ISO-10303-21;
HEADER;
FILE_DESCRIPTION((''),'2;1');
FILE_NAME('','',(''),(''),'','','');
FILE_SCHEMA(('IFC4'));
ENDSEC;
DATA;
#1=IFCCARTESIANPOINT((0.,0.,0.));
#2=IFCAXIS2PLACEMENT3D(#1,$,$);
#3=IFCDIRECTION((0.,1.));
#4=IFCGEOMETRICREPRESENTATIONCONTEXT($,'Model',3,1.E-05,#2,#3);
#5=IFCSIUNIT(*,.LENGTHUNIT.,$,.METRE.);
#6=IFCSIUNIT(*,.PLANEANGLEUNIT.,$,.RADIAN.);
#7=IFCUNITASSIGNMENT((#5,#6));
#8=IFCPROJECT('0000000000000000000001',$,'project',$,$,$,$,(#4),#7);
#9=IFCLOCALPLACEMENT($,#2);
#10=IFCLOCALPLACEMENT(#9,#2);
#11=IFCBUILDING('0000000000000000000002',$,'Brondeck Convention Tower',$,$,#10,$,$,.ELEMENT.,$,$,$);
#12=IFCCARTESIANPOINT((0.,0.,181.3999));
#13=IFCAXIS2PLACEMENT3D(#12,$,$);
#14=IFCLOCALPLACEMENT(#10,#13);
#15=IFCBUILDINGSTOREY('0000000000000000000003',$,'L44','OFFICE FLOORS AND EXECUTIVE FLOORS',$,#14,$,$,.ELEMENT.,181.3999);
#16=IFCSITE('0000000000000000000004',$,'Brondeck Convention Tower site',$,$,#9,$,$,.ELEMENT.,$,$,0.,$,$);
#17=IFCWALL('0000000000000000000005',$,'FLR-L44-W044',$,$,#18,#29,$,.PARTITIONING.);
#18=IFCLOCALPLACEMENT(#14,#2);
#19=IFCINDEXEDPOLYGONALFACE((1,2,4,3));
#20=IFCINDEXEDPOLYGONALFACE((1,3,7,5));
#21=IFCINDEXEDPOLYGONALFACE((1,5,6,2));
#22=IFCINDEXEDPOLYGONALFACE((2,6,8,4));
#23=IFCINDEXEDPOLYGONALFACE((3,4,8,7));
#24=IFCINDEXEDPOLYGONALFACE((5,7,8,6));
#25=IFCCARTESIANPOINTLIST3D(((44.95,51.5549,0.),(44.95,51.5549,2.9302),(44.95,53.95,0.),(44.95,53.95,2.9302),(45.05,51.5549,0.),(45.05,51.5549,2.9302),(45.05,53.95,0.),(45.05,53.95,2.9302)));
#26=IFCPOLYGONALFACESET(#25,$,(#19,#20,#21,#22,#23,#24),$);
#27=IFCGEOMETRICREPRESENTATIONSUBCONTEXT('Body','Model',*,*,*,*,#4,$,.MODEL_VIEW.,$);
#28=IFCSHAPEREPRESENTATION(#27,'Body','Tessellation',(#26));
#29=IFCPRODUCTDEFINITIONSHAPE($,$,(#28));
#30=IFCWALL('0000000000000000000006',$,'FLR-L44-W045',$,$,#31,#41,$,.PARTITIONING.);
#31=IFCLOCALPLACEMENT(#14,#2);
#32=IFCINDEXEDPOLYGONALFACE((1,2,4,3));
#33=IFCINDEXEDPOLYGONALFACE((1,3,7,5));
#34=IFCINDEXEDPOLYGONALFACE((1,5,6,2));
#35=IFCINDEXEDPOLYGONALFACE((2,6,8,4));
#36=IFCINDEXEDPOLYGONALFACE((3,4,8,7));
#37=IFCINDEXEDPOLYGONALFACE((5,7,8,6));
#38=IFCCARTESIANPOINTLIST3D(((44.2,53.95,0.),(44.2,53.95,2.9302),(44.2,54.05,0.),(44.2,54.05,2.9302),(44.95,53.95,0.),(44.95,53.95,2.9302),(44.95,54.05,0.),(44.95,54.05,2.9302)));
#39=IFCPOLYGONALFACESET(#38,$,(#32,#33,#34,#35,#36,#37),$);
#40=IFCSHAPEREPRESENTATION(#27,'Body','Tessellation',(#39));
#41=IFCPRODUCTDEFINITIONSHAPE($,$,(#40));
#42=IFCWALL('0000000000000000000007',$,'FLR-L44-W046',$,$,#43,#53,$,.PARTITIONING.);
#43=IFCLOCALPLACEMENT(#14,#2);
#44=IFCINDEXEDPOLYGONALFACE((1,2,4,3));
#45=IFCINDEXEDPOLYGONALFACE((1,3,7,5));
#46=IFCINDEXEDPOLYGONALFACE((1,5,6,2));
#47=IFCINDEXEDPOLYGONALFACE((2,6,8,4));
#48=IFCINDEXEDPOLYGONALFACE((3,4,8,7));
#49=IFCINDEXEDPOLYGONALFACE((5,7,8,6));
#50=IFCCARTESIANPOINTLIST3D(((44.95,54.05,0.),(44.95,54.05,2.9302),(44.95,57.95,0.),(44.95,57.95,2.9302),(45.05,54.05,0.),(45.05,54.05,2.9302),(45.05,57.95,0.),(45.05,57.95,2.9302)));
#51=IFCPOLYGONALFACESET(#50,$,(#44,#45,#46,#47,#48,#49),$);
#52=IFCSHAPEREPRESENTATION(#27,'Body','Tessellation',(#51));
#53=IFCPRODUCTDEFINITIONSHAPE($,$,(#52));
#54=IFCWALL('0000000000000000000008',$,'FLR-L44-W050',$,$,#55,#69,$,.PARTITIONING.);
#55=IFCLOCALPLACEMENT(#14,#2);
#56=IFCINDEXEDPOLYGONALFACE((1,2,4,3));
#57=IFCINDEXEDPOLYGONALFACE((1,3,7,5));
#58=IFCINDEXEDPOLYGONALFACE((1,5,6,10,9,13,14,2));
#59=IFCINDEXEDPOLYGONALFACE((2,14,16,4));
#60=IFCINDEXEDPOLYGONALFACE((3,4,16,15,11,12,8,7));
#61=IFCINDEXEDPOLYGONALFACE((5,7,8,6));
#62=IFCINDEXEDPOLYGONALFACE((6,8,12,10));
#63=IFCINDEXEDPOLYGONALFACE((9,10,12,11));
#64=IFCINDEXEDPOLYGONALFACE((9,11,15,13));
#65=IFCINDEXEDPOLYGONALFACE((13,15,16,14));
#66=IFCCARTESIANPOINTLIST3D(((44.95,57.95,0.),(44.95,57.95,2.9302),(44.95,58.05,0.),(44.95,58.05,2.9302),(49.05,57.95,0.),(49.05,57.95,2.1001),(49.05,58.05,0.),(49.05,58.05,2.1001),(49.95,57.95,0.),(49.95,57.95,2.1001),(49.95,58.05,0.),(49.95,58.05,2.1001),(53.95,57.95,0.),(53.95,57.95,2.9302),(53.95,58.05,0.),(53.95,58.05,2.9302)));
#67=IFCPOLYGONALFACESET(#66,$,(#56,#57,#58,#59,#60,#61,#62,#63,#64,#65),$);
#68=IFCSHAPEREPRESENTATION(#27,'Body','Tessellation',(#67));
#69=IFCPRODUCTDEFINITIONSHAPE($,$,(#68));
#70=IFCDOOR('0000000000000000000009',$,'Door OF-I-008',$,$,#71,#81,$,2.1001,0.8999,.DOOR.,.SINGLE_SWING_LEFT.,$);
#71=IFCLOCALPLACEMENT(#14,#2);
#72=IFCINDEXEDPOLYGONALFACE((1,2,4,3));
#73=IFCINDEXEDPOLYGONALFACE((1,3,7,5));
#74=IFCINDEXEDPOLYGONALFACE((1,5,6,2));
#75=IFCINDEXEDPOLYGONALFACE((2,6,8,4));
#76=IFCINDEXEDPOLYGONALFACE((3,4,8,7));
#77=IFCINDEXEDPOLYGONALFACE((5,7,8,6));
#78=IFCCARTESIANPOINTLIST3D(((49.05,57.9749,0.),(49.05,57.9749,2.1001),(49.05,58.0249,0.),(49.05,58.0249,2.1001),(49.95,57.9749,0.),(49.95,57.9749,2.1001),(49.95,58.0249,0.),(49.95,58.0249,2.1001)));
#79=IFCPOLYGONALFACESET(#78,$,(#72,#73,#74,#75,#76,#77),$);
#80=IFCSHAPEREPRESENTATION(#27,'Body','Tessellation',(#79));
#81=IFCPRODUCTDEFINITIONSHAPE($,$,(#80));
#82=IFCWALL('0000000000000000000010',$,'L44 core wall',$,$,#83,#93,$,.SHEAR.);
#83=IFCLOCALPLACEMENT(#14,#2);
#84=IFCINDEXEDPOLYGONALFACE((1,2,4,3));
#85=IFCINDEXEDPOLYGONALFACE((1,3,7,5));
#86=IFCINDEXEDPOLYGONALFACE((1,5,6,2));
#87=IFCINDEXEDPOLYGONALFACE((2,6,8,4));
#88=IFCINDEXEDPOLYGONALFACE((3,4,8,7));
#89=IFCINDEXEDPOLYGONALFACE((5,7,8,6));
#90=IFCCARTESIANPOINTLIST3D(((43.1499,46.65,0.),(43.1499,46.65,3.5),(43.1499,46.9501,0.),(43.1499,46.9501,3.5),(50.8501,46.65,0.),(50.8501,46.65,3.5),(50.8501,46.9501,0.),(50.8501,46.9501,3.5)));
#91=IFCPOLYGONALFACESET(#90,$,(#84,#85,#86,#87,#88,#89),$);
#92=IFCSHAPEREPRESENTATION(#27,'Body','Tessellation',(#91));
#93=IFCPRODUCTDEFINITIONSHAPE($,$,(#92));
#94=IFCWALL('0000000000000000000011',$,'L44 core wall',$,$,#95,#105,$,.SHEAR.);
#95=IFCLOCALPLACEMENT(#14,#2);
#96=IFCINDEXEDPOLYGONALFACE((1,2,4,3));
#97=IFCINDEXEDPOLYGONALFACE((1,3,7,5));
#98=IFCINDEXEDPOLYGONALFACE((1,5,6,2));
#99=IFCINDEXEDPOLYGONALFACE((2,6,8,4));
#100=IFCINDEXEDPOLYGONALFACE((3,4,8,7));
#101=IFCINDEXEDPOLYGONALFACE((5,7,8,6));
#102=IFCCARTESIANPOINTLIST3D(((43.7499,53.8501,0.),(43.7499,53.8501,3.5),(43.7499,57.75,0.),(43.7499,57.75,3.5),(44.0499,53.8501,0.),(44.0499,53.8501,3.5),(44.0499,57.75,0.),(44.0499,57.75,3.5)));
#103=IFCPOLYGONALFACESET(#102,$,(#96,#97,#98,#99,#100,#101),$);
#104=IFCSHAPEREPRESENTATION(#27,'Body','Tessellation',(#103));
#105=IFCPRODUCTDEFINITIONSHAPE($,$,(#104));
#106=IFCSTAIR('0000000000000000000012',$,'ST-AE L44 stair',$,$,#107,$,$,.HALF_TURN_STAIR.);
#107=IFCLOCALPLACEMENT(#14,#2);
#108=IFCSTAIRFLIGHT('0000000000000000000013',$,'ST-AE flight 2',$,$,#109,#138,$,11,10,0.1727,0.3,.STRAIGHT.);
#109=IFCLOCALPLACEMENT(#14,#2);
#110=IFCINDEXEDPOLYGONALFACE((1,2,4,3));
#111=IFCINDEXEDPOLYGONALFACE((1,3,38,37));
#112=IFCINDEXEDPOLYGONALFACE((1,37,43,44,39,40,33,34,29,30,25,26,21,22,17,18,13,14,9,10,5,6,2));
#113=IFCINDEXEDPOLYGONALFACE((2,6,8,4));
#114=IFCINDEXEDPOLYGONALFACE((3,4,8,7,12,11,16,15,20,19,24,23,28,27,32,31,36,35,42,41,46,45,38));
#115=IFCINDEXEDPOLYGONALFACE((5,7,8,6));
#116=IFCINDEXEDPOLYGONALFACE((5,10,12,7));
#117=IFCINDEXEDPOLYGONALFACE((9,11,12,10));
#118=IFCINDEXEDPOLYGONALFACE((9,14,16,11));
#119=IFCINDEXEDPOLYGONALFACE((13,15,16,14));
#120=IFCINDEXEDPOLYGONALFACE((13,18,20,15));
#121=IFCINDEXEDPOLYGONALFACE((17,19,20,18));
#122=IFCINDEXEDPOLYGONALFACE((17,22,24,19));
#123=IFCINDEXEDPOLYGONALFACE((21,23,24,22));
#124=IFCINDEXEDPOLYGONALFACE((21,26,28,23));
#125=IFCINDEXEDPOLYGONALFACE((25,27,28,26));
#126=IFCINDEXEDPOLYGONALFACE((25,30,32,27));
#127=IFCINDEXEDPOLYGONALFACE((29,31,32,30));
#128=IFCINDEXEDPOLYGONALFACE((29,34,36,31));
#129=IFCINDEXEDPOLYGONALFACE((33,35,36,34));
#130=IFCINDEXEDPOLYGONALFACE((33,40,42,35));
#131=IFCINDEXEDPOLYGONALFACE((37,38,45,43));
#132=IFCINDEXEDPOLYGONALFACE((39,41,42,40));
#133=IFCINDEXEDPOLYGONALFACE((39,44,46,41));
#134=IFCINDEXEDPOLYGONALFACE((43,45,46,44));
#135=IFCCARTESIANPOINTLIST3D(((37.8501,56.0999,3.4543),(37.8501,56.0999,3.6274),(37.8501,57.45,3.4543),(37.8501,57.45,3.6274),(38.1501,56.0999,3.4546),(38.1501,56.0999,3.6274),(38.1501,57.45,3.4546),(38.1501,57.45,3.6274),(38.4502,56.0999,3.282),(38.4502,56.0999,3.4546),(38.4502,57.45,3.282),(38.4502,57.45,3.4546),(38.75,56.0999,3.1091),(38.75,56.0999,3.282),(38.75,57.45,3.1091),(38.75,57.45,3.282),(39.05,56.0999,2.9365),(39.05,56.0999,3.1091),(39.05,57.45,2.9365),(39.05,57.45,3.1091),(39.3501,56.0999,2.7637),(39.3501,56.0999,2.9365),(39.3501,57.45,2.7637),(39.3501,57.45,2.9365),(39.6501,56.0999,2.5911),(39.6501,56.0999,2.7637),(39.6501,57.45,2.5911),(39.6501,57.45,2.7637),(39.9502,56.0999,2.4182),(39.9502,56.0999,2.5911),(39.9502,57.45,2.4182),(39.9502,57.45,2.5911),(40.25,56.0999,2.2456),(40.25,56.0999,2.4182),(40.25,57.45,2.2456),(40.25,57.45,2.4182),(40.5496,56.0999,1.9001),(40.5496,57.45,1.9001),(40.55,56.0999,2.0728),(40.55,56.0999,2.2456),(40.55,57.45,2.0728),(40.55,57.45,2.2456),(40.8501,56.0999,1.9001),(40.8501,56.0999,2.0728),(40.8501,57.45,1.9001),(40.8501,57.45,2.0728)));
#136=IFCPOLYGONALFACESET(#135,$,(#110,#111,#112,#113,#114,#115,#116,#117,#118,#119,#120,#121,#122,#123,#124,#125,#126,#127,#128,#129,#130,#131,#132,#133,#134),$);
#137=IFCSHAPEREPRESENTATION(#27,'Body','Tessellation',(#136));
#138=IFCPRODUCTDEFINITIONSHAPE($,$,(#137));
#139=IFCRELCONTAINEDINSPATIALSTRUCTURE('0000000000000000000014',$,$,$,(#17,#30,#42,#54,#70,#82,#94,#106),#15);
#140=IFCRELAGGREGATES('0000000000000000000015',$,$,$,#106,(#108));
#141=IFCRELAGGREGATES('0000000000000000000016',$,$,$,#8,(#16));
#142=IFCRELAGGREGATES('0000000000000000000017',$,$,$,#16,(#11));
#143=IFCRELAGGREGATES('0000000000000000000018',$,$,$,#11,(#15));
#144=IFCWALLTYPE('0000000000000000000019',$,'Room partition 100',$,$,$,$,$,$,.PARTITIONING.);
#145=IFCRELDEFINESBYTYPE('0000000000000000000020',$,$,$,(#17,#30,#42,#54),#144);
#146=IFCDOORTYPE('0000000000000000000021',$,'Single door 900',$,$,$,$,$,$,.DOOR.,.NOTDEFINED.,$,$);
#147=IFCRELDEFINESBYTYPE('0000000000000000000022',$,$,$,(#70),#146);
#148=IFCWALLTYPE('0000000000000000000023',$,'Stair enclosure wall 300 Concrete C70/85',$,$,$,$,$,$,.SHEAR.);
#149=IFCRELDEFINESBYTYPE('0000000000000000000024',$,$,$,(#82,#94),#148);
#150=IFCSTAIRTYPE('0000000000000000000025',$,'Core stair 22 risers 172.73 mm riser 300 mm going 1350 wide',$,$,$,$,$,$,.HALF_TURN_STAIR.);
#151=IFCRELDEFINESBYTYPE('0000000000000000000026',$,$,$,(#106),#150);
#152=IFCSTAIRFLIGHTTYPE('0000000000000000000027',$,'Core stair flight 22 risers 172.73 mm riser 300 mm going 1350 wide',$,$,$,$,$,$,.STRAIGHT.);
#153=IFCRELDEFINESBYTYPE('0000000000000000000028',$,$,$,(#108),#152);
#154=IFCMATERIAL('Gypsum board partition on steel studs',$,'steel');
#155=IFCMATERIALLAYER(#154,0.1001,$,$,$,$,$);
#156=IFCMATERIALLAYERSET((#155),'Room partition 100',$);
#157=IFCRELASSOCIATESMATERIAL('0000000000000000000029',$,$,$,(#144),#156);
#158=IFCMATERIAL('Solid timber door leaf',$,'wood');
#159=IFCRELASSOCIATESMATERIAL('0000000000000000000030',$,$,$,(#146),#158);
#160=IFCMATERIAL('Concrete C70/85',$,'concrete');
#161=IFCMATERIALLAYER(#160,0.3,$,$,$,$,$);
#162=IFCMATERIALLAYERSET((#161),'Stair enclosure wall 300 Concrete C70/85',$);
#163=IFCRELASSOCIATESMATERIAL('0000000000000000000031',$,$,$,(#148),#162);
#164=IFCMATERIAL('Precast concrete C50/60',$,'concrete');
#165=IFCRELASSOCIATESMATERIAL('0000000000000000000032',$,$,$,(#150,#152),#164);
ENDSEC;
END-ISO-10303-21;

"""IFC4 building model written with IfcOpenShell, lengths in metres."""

from ifc_helpers import new_model, si_unit, direction, frame, frame_2d, origin, place, context, subcontext, project, spatial, polyline, rectangle, outline, extrude, material, layer, layer_set, type_object, element, fill, aggregate, save


model = new_model("IFC4")

# Units and contexts
model_context = context("Model", 3, precision=1e-05, world=origin(), true_north=direction((0.0, 1.0)))
body_context = subcontext(model_context, "Body", "Model", "MODEL_VIEW")
ifc_project = project(units=[si_unit("LENGTHUNIT", "METRE"), si_unit("PLANEANGLEUNIT", "RADIAN")], contexts=[model_context])

# Site, building, storey
site_placement = place(None, origin())
site = spatial("IfcSite", under=ifc_project, at=site_placement, Name="Brondeck Convention Tower site", CompositionType="ELEMENT", RefElevation=0.0)
building_placement = place(site_placement, origin())
building = spatial("IfcBuilding", under=site, at=building_placement, Name="Brondeck Convention Tower", CompositionType="ELEMENT")
storey_placement = place(building_placement, frame((0.0, 0.0, 181.3999)))
storey = spatial("IfcBuildingStorey", under=building, at=storey_placement, Name="L44", Description="OFFICE FLOORS AND EXECUTIVE FLOORS", CompositionType="ELEMENT", Elevation=181.3999)

# Shared definitions
ifc_material_1 = material(Name="Concrete C70/85", Category="concrete")

# Shared definitions
ifc_material_2 = material(Name="Gypsum board partition on steel studs", Category="steel")
ifc_layer_1 = layer(ifc_material_2, 0.1001)
ifc_layer_set_1 = layer_set([ifc_layer_1], Name="Room partition 100")
wall_type_1 = type_object("IfcWallType", Name="Room partition 100", PredefinedType="PARTITIONING", material=ifc_layer_set_1)

# Shared definitions
ifc_material_3 = material(Name="Solid timber door leaf", Category="wood")
door_type_1 = type_object("IfcDoorType", Name="Single door 900", OperationType="NOTDEFINED", PredefinedType="DOOR", material=ifc_material_3)

# Walls
wall_1_placement = place(storey_placement, frame((45.0, 53.95, 0.0), z_axis=(0.0, 0.0, 1.0), x_axis=(0.0, -1.0, 0.0)))
element("IfcWall", 1, at=wall_1_placement, inside=storey, type_object=wall_type_1, Name="FLR-L44-W044", PredefinedType="PARTITIONING", context=body_context, shape_type="SweptSolid", body=[
    extrude(rectangle(XDim=2.395, YDim=0.1001, at=frame_2d((1.1975, 0.0))), origin(), (0.0, 0.0, 1.0), 2.9302),
])
wall_2_placement = place(storey_placement, frame((44.2, 54.0, 0.0), z_axis=(0.0, 0.0, 1.0), x_axis=(1.0, 0.0, 0.0)))
element("IfcWall", 2, at=wall_2_placement, inside=storey, type_object=wall_type_1, Name="FLR-L44-W045", PredefinedType="PARTITIONING", context=body_context, shape_type="SweptSolid", body=[
    extrude(rectangle(XDim=0.75, YDim=0.1001, at=frame_2d((0.375, 0.0))), origin(), (0.0, 0.0, 1.0), 2.9302),
])
wall_3_placement = place(storey_placement, frame((45.0, 54.05, 0.0), z_axis=(0.0, 0.0, 1.0), x_axis=(0.0, 1.0, 0.0)))
element("IfcWall", 3, at=wall_3_placement, inside=storey, type_object=wall_type_1, Name="FLR-L44-W046", PredefinedType="PARTITIONING", context=body_context, shape_type="SweptSolid", body=[
    extrude(rectangle(XDim=3.8999, YDim=0.1001, at=frame_2d((1.95, 0.0))), origin(), (0.0, 0.0, 1.0), 2.9302),
])

# Wall, opening, door
wall_4_placement = place(storey_placement, frame((44.95, 58.0, 0.0), z_axis=(0.0, 0.0, 1.0), x_axis=(1.0, 0.0, 0.0)))
wall_4 = element("IfcWall", 4, at=wall_4_placement, inside=storey, type_object=wall_type_1, Name="FLR-L44-W050", PredefinedType="PARTITIONING", context=body_context, shape_type="SweptSolid", body=[
    extrude(rectangle(XDim=9.0, YDim=0.1001, at=frame_2d((4.5, 0.0))), origin(), (0.0, 0.0, 1.0), 2.9302),
])
opening_1_placement = place(wall_4_placement, frame((4.1001, 0.0, 0.0)))
opening_1 = element("IfcOpeningElement", 5, at=opening_1_placement, cuts=wall_4, PredefinedType="OPENING", context=body_context, shape_type="SweptSolid", body=[
    extrude(rectangle(XDim=0.8999, YDim=2.1001, at=frame_2d((0.45, 1.05))), frame((0.0, 0.0601, 0.0), z_axis=(0.0, -1.0, 0.0), x_axis=(1.0, 0.0, 0.0)), (0.0, 0.0, 1.0), 0.1201),
])
door_1_placement = place(opening_1_placement, origin())
door_1 = element("IfcDoor", 6, at=door_1_placement, inside=storey, type_object=door_type_1, Name="Door OF-I-008", OperationType="SINGLE_SWING_LEFT", OverallHeight=2.1001, OverallWidth=0.8999, PredefinedType="DOOR", context=body_context, shape_type="SweptSolid", body=[
    extrude(rectangle(XDim=0.8999, YDim=2.1001, at=frame_2d((0.45, 1.05))), frame((0.0, 0.0249, 0.0), z_axis=(0.0, -1.0, 0.0), x_axis=(1.0, 0.0, 0.0)), (0.0, 0.0, 1.0), 0.05),
])
fill(opening_1, door_1)

# Walls
ifc_layer_2 = layer(ifc_material_1, 0.3)
ifc_layer_set_2 = layer_set([ifc_layer_2], Name="Stair enclosure wall 300 Concrete C70/85")
wall_type_2 = type_object("IfcWallType", Name="Stair enclosure wall 300 Concrete C70/85", PredefinedType="SHEAR", material=ifc_layer_set_2)
wall_5_placement = place(storey_placement, frame((43.1499, 46.8, 0.0), z_axis=(0.0, 0.0, 1.0), x_axis=(1.0, 0.0, 0.0)))
element("IfcWall", 7, at=wall_5_placement, inside=storey, type_object=wall_type_2, Name="L44 core wall", PredefinedType="SHEAR", context=body_context, shape_type="SweptSolid", body=[
    extrude(rectangle(XDim=7.7002, YDim=0.3, at=frame_2d((3.8501, 0.0))), origin(), (0.0, 0.0, 1.0), 3.5),
])
wall_6_placement = place(storey_placement, frame((43.8999, 53.8501, 0.0), z_axis=(0.0, 0.0, 1.0), x_axis=(0.0, 1.0, 0.0)))
element("IfcWall", 8, at=wall_6_placement, inside=storey, type_object=wall_type_2, Name="L44 core wall", PredefinedType="SHEAR", context=body_context, shape_type="SweptSolid", body=[
    extrude(rectangle(XDim=3.8999, YDim=0.3, at=frame_2d((1.95, 0.0))), origin(), (0.0, 0.0, 1.0), 3.5),
])

# Stair, stair flight
ifc_material_4 = material(Name="Precast concrete C50/60", Category="concrete")
stair_type = type_object("IfcStairType", Name="Core stair 22 risers 172.73 mm riser 300 mm going 1350 wide", PredefinedType="HALF_TURN_STAIR", material=ifc_material_4)
stair_placement = place(storey_placement, origin())
stair = element("IfcStair", 9, at=stair_placement, inside=storey, type_object=stair_type, Name="ST-AE L44 stair", PredefinedType="HALF_TURN_STAIR")
stair_flight_type = type_object("IfcStairFlightType", Name="Core stair flight 22 risers 172.73 mm riser 300 mm going 1350 wide", PredefinedType="STRAIGHT", material=ifc_material_4)
stair_flight_placement = place(storey_placement, frame((40.8501, 56.7749, 1.9001), z_axis=(0.0, 0.0, 1.0), x_axis=(-1.0, 0.0, 0.0)))
stair_flight = element("IfcStairFlight", 10, at=stair_flight_placement, type_object=stair_flight_type, Name="ST-AE flight 2", NumberOfRisers=11, NumberOfTreads=10, PredefinedType="STRAIGHT", RiserHeight=0.1727, TreadLength=0.3, context=body_context, shape_type="SweptSolid", body=[
    extrude(outline(polyline([(0.0, 0.0), (0.0, 0.1726), (0.3, 0.1726), (0.3, 0.3455), (0.6001, 0.3455), (0.6001, 0.5181), (0.8999, 0.5181), (0.8999, 0.6909), (1.2, 0.6909), (1.2, 0.8635), (1.5, 0.8635), (1.5, 1.0364), (1.8, 1.0364), (1.8, 1.209), (2.1001, 1.209), (2.1001, 1.3818), (2.3999, 1.3818), (2.3999, 1.5544), (2.7, 1.5544), (2.7, 1.7273), (3.0, 1.7273), (3.0, 1.8999), (3.0, 1.5542), (0.3005, 0.0), (0.0, 0.0)])), frame((0.0, 0.675, 0.0), z_axis=(0.0, -1.0, 0.0), x_axis=(1.0, 0.0, 0.0)), (0.0, 0.0, 1.0), 1.3501),
])
aggregate(stair, [stair_flight])

save(model, "model.ifc")
